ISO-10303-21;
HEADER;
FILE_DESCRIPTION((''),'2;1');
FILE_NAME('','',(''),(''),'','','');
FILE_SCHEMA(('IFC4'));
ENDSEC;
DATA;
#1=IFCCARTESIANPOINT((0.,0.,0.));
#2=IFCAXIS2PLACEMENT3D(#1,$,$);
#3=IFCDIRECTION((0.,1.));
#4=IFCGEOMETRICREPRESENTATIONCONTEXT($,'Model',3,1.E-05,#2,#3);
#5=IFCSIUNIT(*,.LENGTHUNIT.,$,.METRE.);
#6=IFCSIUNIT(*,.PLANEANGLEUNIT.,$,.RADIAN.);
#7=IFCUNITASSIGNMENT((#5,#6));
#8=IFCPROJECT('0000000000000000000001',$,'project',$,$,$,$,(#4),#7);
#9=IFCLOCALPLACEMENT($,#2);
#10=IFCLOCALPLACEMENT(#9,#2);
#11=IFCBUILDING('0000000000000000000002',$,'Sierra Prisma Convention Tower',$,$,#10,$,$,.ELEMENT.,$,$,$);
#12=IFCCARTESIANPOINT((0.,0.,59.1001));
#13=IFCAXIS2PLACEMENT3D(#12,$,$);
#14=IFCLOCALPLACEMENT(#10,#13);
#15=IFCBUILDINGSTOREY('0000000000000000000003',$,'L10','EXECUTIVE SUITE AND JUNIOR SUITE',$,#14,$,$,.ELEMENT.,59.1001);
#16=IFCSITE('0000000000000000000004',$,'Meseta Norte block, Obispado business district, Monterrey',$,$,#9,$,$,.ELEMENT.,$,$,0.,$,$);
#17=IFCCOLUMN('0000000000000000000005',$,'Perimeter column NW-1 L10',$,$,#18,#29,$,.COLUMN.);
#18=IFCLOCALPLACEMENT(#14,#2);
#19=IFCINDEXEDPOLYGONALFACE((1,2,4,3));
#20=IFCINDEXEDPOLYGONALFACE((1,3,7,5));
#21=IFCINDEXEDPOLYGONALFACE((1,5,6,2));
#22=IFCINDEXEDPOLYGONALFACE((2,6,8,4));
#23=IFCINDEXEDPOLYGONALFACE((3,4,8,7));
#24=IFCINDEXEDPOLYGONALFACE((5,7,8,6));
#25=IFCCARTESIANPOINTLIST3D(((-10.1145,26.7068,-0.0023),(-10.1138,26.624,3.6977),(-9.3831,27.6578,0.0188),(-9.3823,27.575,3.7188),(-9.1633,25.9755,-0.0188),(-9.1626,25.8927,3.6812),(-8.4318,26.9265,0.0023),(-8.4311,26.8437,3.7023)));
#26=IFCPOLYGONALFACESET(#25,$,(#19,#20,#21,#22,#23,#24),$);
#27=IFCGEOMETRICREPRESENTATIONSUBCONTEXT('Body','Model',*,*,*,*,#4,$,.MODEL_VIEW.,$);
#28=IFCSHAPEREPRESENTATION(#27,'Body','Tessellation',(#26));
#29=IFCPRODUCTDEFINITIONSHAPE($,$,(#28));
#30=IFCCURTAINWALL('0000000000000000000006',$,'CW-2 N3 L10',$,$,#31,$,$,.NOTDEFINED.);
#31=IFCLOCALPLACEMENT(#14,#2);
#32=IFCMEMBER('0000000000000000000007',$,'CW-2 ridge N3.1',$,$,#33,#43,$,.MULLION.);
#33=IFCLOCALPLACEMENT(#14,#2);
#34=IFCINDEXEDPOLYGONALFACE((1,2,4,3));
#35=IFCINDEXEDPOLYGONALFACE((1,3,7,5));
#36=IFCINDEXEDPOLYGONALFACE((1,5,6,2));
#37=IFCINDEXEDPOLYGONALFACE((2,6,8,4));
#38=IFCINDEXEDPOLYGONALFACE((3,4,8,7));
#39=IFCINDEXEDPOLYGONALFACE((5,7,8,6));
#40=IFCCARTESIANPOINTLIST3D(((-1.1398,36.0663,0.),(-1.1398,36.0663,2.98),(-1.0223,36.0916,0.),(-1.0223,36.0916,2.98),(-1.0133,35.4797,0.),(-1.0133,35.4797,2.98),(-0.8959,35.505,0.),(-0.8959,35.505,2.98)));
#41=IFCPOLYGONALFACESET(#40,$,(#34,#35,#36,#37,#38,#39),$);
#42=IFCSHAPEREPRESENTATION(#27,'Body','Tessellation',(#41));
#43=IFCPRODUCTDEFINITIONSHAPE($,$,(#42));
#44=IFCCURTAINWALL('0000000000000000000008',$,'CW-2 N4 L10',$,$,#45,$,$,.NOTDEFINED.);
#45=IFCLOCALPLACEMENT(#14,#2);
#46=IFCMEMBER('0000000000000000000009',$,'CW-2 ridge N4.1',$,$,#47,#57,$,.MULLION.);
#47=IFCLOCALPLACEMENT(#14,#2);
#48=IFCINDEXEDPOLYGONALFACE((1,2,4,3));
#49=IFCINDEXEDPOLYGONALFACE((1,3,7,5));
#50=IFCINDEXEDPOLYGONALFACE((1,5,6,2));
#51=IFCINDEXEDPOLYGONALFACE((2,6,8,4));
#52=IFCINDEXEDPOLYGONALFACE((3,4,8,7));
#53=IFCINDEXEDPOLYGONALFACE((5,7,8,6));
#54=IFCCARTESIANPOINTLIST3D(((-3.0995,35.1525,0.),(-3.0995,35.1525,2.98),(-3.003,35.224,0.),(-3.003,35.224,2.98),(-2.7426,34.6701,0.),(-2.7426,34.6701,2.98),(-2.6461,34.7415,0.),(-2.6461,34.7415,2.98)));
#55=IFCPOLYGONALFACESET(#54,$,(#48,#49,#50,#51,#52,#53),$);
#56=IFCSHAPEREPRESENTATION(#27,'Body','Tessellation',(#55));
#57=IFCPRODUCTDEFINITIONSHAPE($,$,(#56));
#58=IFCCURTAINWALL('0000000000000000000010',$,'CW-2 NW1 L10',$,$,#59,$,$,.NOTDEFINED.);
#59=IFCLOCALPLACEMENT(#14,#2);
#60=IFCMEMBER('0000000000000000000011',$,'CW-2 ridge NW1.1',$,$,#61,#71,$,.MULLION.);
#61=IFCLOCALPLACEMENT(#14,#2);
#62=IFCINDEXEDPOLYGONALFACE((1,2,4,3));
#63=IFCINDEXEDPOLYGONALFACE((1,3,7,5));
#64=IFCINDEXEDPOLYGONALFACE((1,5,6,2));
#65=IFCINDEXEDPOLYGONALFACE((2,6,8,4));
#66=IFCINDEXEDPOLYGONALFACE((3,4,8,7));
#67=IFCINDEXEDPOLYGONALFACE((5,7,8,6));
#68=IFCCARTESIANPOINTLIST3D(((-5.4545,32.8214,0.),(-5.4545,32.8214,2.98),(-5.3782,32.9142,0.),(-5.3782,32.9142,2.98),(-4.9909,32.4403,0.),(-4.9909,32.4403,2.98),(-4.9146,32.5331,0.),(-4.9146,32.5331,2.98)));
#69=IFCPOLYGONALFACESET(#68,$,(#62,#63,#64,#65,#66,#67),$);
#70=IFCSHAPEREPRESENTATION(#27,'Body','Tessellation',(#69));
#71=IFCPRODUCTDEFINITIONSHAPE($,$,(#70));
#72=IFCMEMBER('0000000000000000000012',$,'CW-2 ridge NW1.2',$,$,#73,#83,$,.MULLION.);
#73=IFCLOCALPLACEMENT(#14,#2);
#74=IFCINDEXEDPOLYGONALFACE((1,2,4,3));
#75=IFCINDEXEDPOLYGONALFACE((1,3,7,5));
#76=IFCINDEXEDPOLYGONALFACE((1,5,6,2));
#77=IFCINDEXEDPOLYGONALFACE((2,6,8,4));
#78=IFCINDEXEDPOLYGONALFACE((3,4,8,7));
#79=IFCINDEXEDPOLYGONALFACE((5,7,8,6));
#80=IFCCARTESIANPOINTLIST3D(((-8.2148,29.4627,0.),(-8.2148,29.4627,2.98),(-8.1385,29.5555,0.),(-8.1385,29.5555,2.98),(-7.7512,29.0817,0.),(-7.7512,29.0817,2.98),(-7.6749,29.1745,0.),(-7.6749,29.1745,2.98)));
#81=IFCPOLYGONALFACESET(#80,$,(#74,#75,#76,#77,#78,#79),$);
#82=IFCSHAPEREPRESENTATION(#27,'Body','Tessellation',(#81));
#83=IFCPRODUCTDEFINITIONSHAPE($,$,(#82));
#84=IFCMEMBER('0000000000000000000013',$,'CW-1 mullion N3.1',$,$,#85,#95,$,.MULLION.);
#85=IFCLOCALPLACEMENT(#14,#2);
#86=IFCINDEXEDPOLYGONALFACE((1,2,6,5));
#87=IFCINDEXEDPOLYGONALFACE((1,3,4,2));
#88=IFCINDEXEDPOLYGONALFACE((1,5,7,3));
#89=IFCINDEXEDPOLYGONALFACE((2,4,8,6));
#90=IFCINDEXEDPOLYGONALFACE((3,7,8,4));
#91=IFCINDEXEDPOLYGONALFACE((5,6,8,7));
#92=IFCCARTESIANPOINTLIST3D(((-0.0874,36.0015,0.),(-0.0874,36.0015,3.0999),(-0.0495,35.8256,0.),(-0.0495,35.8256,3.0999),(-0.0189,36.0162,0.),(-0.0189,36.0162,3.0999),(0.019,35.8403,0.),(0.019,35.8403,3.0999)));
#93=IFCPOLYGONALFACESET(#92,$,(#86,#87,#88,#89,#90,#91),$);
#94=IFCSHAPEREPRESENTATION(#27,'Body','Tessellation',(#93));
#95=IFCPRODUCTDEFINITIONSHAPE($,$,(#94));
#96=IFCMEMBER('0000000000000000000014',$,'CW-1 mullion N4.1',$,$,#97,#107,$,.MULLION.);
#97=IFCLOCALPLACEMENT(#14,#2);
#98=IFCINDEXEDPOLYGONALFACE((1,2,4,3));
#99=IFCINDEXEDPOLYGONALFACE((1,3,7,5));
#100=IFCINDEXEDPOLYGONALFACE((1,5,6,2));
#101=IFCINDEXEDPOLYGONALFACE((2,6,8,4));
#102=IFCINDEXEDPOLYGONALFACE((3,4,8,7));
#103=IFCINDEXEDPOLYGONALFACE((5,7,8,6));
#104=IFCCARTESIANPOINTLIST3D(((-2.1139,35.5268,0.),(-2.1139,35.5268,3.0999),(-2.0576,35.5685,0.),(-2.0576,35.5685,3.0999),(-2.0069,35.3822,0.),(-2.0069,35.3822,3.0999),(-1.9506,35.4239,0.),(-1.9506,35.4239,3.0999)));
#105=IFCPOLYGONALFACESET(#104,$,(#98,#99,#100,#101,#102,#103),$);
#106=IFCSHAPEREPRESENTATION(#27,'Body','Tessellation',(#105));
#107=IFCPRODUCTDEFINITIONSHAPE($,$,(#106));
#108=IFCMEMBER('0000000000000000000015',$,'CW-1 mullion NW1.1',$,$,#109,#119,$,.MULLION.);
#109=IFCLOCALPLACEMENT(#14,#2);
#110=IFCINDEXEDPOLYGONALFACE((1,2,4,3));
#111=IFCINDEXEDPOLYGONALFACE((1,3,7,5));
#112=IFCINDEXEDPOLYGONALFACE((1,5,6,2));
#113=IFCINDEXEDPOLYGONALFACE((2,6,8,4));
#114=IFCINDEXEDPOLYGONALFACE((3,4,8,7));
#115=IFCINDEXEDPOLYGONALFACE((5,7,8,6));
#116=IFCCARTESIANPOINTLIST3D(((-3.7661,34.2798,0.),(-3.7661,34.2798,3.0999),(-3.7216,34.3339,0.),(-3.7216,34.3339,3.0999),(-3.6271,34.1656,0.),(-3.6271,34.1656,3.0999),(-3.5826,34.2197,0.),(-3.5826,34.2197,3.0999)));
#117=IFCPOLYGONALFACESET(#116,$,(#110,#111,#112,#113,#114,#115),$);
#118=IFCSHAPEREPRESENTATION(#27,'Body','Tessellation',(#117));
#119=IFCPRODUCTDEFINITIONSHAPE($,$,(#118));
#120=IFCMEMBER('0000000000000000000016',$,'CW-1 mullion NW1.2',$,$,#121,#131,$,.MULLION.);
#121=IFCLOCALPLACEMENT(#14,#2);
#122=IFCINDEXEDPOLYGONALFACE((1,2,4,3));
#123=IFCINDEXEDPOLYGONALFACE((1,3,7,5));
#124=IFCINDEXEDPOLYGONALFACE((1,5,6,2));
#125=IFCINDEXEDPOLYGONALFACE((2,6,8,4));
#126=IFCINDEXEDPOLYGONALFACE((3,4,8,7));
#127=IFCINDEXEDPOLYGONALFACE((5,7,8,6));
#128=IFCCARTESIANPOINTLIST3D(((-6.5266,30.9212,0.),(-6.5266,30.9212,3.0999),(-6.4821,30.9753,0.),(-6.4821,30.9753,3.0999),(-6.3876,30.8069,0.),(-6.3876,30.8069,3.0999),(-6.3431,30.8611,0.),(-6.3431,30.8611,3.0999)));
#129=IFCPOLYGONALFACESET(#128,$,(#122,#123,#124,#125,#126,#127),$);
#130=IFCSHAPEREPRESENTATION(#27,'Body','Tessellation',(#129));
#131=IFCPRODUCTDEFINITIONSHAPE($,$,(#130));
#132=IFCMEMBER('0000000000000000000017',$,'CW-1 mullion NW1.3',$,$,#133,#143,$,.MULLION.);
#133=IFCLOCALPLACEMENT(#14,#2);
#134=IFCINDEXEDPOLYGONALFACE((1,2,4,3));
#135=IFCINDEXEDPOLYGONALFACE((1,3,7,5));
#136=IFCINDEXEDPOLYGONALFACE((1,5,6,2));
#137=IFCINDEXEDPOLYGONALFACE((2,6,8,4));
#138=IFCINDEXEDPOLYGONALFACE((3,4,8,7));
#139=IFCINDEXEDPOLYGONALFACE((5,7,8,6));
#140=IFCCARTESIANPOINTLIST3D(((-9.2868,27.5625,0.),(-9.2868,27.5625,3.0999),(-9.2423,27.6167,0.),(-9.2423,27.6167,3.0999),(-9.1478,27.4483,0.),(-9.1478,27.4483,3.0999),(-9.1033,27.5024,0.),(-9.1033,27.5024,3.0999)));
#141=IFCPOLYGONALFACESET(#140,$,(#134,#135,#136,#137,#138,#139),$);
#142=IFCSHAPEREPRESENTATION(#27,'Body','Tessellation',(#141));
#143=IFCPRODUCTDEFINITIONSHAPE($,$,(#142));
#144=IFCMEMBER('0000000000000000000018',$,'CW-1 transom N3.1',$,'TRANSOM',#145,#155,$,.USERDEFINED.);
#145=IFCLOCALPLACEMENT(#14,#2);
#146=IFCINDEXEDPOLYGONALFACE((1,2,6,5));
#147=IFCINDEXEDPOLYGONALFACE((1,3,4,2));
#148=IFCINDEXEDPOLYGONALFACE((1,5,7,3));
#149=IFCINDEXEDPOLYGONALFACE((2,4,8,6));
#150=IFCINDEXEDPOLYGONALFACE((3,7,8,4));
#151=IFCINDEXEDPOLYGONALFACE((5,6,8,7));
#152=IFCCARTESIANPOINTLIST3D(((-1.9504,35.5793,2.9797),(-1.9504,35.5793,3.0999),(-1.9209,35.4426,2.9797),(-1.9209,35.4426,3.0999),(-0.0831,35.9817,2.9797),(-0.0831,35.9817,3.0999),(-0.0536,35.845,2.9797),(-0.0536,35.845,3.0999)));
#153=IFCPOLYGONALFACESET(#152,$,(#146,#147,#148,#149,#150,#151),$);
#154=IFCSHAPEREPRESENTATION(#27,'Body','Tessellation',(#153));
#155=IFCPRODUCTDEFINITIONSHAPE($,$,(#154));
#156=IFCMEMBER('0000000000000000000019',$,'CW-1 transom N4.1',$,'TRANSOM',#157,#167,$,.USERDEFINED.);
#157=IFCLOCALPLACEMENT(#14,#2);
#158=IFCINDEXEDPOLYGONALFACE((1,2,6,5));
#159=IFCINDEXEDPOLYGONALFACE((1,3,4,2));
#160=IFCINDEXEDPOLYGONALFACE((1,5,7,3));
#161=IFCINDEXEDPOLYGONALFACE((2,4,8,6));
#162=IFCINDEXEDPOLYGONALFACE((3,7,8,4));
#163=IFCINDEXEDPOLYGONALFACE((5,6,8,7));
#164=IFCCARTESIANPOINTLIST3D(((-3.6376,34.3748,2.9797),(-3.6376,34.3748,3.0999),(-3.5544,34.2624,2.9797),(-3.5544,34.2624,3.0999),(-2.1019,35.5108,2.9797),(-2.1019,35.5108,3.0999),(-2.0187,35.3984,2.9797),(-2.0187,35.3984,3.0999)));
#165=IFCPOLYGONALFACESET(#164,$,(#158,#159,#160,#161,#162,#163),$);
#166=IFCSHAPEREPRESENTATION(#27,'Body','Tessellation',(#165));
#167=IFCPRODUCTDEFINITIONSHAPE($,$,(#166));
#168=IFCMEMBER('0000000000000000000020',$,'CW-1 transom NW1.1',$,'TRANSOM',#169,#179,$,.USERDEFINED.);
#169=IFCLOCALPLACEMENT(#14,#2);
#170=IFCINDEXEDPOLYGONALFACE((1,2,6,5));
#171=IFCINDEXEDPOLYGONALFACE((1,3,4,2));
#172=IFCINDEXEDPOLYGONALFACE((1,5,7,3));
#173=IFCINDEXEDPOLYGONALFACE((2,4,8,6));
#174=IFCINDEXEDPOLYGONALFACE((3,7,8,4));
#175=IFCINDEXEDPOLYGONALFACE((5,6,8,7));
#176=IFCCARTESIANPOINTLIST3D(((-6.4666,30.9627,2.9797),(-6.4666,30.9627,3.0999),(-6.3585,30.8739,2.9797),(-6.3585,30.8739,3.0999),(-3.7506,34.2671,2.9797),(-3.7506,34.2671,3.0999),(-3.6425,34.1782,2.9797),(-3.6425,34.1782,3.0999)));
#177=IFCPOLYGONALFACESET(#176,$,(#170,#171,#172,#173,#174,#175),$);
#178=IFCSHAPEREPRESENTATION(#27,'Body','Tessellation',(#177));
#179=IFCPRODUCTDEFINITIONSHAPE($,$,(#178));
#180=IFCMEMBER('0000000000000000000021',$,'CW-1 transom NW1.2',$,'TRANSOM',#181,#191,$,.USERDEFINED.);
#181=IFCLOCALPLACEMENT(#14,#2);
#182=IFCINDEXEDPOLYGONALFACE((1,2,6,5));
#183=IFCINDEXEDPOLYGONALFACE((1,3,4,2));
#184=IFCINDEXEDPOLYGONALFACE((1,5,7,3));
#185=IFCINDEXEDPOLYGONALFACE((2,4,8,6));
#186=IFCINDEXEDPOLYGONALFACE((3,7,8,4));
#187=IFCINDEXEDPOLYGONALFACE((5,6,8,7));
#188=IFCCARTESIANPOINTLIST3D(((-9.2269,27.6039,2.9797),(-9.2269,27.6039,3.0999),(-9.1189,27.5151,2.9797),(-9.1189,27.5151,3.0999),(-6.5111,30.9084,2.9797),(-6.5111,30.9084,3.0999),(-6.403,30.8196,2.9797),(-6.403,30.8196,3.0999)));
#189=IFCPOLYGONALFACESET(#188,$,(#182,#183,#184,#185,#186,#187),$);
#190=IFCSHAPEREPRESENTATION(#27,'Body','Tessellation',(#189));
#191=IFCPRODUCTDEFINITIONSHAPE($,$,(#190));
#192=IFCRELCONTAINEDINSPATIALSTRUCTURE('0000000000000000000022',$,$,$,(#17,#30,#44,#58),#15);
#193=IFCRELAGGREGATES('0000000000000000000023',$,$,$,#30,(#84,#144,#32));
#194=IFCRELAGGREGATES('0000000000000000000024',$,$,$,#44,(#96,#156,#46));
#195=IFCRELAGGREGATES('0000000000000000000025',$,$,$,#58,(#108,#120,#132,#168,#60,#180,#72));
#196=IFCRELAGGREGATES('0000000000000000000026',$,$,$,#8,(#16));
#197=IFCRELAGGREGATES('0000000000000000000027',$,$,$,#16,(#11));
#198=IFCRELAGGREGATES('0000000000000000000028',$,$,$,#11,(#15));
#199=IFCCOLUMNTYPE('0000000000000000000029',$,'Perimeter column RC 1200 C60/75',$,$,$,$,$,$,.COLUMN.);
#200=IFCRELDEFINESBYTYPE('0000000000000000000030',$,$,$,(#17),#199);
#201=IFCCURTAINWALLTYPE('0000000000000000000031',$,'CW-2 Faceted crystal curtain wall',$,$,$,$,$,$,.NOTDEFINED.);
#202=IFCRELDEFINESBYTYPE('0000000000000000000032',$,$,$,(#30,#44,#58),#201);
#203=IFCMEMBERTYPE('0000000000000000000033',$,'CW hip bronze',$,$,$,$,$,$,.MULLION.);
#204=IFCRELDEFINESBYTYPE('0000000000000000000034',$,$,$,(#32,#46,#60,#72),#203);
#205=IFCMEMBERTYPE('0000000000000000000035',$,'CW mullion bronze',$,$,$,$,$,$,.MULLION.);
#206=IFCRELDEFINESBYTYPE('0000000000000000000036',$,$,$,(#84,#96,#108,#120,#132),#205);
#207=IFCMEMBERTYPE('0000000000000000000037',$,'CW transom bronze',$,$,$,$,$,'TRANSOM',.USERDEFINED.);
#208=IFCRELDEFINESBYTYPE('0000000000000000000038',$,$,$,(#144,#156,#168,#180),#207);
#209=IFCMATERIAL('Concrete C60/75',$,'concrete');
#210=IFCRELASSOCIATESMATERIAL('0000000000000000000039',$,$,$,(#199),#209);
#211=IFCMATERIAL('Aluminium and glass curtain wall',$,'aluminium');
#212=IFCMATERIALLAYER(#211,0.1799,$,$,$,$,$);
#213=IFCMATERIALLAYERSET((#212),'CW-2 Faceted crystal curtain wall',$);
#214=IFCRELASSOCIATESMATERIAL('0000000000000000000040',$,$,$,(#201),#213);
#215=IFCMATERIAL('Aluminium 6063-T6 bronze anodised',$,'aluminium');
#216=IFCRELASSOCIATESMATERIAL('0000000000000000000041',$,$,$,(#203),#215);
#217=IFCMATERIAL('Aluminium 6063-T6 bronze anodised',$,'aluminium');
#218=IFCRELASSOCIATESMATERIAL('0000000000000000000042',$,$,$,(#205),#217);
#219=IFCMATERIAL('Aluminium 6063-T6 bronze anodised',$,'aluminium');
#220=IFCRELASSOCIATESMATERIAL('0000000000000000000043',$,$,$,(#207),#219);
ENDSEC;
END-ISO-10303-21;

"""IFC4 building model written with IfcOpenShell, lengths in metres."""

from ifc_helpers import new_model, si_unit, direction, frame, origin, origin_2d, place, context, subcontext, project, spatial, rectangle, extrude, material, layer, layer_set, material_profile, profile_set, type_object, element, aggregate, save


model = new_model("IFC4")

# Units and contexts
model_context = context("Model", 3, precision=1e-05, world=origin(), true_north=direction((0.0, 1.0)))
body_context = subcontext(model_context, "Body", "Model", "MODEL_VIEW")
ifc_project = project(units=[si_unit("LENGTHUNIT", "METRE"), si_unit("PLANEANGLEUNIT", "RADIAN")], contexts=[model_context])

# Site, building, storey
site_placement = place(None, origin())
site = spatial("IfcSite", under=ifc_project, at=site_placement, Name="Meseta Norte block, Obispado business district, Monterrey", CompositionType="ELEMENT", RefElevation=0.0)
building_placement = place(site_placement, origin())
building = spatial("IfcBuilding", under=site, at=building_placement, Name="Sierra Prisma Convention Tower", CompositionType="ELEMENT")
storey_placement = place(building_placement, frame((0.0, 0.0, 59.1001)))
storey = spatial("IfcBuildingStorey", under=building, at=storey_placement, Name="L10", Description="EXECUTIVE SUITE AND JUNIOR SUITE", CompositionType="ELEMENT", Elevation=59.1001)

# Column
ifc_material_1 = material(Name="Concrete C60/75", Category="concrete")
ifc_material_profile_1 = material_profile(ifc_material_1, rectangle(XDim=1.2, YDim=1.2, at=origin_2d()), Name="Perimeter column RC 1200 C60/75")
ifc_profile_set_1 = profile_set([ifc_material_profile_1], Name="Concrete C60/75")
column_type = type_object("IfcColumnType", Name="Perimeter column RC 1200 C60/75", PredefinedType="COLUMN", material=ifc_profile_set_1)
column_placement = place(storey_placement, frame((-9.2732, 26.8167, 0.0), z_axis=(0.000198, -0.022363, 0.99975), x_axis=(0.60959, 0.792521, 0.017607)))
element("IfcColumn", 1, at=column_placement, inside=storey, type_object=column_type, Name="Perimeter column NW-1 L10", PredefinedType="COLUMN", context=body_context, shape_type="SweptSolid", body=[
    extrude(rectangle(XDim=1.2, YDim=1.2, at=origin_2d()), origin(), (0.0, 0.0, 1.0), 3.7009),
])

# Curtain walls, members
ifc_material_2 = material(Name="Aluminium and glass curtain wall", Category="aluminium")
ifc_layer_1 = layer(ifc_material_2, 0.1799)
ifc_layer_set_1 = layer_set([ifc_layer_1], Name="CW-2 Faceted crystal curtain wall")
curtain_wall_type = type_object("IfcCurtainWallType", Name="CW-2 Faceted crystal curtain wall", PredefinedType="NOTDEFINED", material=ifc_layer_set_1)
curtain_wall_1_placement = place(storey_placement, origin())
curtain_wall_1 = element("IfcCurtainWall", 2, at=curtain_wall_1_placement, inside=storey, type_object=curtain_wall_type, Name="CW-2 N3 L10", PredefinedType="NOTDEFINED")
ifc_material_3 = material(Name="Aluminium 6063-T6 bronze anodised", Category="aluminium")
ifc_material_profile_2 = material_profile(ifc_material_3, rectangle(XDim=0.1201, YDim=0.6001, at=origin_2d()), Name="ALU RIDGE BLADE 120x600")
ifc_profile_set_2 = profile_set([ifc_material_profile_2], Name="Aluminium 6063-T6 bronze anodised")
member_type_1 = type_object("IfcMemberType", Name="CW hip bronze", PredefinedType="MULLION", material=ifc_profile_set_2)
member_1_placement = place(storey_placement, frame((-1.0178, 35.7856, 0.0), z_axis=(0.0, 0.0, 1.0), x_axis=(-0.977545, -0.210729, 0.0)))
member_1 = element("IfcMember", 3, at=member_1_placement, type_object=member_type_1, Name="CW-2 ridge N3.1", PredefinedType="MULLION", context=body_context, shape_type="SweptSolid", body=[
    extrude(rectangle(XDim=0.1201, YDim=0.6001, at=origin_2d()), origin(), (0.0, 0.0, 1.0), 2.98),
])
curtain_wall_2_placement = place(storey_placement, origin())
curtain_wall_2 = element("IfcCurtainWall", 4, at=curtain_wall_2_placement, inside=storey, type_object=curtain_wall_type, Name="CW-2 N4 L10", PredefinedType="NOTDEFINED")
member_2_placement = place(storey_placement, frame((-2.8728, 34.947, 0.0), z_axis=(0.0, 0.0, 1.0), x_axis=(-0.803907, -0.594755, 0.0)))
member_2 = element("IfcMember", 5, at=member_2_placement, type_object=member_type_1, Name="CW-2 ridge N4.1", PredefinedType="MULLION", context=body_context, shape_type="SweptSolid", body=[
    extrude(rectangle(XDim=0.1201, YDim=0.6001, at=origin_2d()), origin(), (0.0, 0.0, 1.0), 2.98),
])

# Curtain wall, members
curtain_wall_3_placement = place(storey_placement, origin())
curtain_wall_3 = element("IfcCurtainWall", 6, at=curtain_wall_3_placement, inside=storey, type_object=curtain_wall_type, Name="CW-2 NW1 L10", PredefinedType="NOTDEFINED")
member_3_placement = place(storey_placement, frame((-5.1846, 32.6772, 0.0), z_axis=(0.0, 0.0, 1.0), x_axis=(-0.634938, -0.772563, 0.0)))
member_3 = element("IfcMember", 7, at=member_3_placement, type_object=member_type_1, Name="CW-2 ridge NW1.1", PredefinedType="MULLION", context=body_context, shape_type="SweptSolid", body=[
    extrude(rectangle(XDim=0.1201, YDim=0.6001, at=origin_2d()), origin(), (0.0, 0.0, 1.0), 2.98),
])
member_4_placement = place(storey_placement, frame((-7.9448, 29.3186, 0.0), z_axis=(0.0, 0.0, 1.0), x_axis=(-0.634938, -0.772563, 0.0)))
member_4 = element("IfcMember", 8, at=member_4_placement, type_object=member_type_1, Name="CW-2 ridge NW1.2", PredefinedType="MULLION", context=body_context, shape_type="SweptSolid", body=[
    extrude(rectangle(XDim=0.1201, YDim=0.6001, at=origin_2d()), origin(), (0.0, 0.0, 1.0), 2.98),
])

# Members
ifc_material_4 = material(Name="Aluminium 6063-T6 bronze anodised", Category="aluminium")
ifc_material_profile_3 = material_profile(ifc_material_4, rectangle(XDim=0.1799, YDim=0.0701, at=origin_2d()), Name="ALU MULLION 70x180")
ifc_profile_set_3 = profile_set([ifc_material_profile_3], Name="Aluminium 6063-T6 bronze anodised")
member_type_2 = type_object("IfcMemberType", Name="CW mullion bronze", PredefinedType="MULLION", material=ifc_profile_set_3)
member_5_placement = place(storey_placement, frame((-0.0342, 35.9209, 0.0), z_axis=(0.0, 0.0, 1.0), x_axis=(0.210729, -0.977545, 0.0)))
member_5 = element("IfcMember", 9, at=member_5_placement, type_object=member_type_2, Name="CW-1 mullion N3.1", PredefinedType="MULLION", context=body_context, shape_type="SweptSolid", body=[
    extrude(rectangle(XDim=0.1799, YDim=0.0701, at=origin_2d()), origin(), (0.0, 0.0, 1.0), 3.0999),
])
member_6_placement = place(storey_placement, frame((-2.0322, 35.4753, 0.0), z_axis=(0.0, 0.0, 1.0), x_axis=(0.594755, -0.803907, 0.0)))
member_6 = element("IfcMember", 10, at=member_6_placement, type_object=member_type_2, Name="CW-1 mullion N4.1", PredefinedType="MULLION", context=body_context, shape_type="SweptSolid", body=[
    extrude(rectangle(XDim=0.1799, YDim=0.0701, at=origin_2d()), origin(), (0.0, 0.0, 1.0), 3.0999),
])
member_7_placement = place(storey_placement, frame((-3.6743, 34.2498, 0.0), z_axis=(0.0, 0.0, 1.0), x_axis=(0.772563, -0.634938, 0.0)))
member_7 = element("IfcMember", 11, at=member_7_placement, type_object=member_type_2, Name="CW-1 mullion NW1.1", PredefinedType="MULLION", context=body_context, shape_type="SweptSolid", body=[
    extrude(rectangle(XDim=0.1799, YDim=0.0701, at=origin_2d()), origin(), (0.0, 0.0, 1.0), 3.0999),
])
member_8_placement = place(storey_placement, frame((-6.4348, 30.8911, 0.0), z_axis=(0.0, 0.0, 1.0), x_axis=(0.772563, -0.634938, 0.0)))
member_8 = element("IfcMember", 12, at=member_8_placement, type_object=member_type_2, Name="CW-1 mullion NW1.2", PredefinedType="MULLION", context=body_context, shape_type="SweptSolid", body=[
    extrude(rectangle(XDim=0.1799, YDim=0.0701, at=origin_2d()), origin(), (0.0, 0.0, 1.0), 3.0999),
])
member_9_placement = place(storey_placement, frame((-9.1951, 27.5325, 0.0), z_axis=(0.0, 0.0, 1.0), x_axis=(0.772563, -0.634938, 0.0)))
member_9 = element("IfcMember", 13, at=member_9_placement, type_object=member_type_2, Name="CW-1 mullion NW1.3", PredefinedType="MULLION", context=body_context, shape_type="SweptSolid", body=[
    extrude(rectangle(XDim=0.1799, YDim=0.0701, at=origin_2d()), origin(), (0.0, 0.0, 1.0), 3.0999),
])
ifc_material_5 = material(Name="Aluminium 6063-T6 bronze anodised", Category="aluminium")
ifc_material_profile_4 = material_profile(ifc_material_5, rectangle(XDim=0.1399, YDim=0.1201, at=origin_2d()), Name="ALU TRANSOM 120x140")
ifc_profile_set_4 = profile_set([ifc_material_profile_4], Name="Aluminium 6063-T6 bronze anodised")
member_type_3 = type_object("IfcMemberType", Name="CW transom bronze", ElementType="TRANSOM", PredefinedType="USERDEFINED", material=ifc_profile_set_4)
member_10_placement = place(storey_placement, frame((-0.0684, 35.9133, 3.0398), z_axis=(-0.977562, -0.210646, 0.0), x_axis=(0.210646, -0.977562, 0.0)))
member_10 = element("IfcMember", 14, at=member_10_placement, type_object=member_type_3, Name="CW-1 transom N3.1", ObjectType="TRANSOM", PredefinedType="USERDEFINED", context=body_context, shape_type="SweptSolid", body=[
    extrude(rectangle(XDim=0.1399, YDim=0.1201, at=origin_2d()), origin(), (0.0, 0.0, 1.0), 1.9102),
])
member_11_placement = place(storey_placement, frame((-2.0603, 35.4546, 3.0398), z_axis=(-0.80394, -0.594711, 0.0), x_axis=(0.594711, -0.80394, 0.0)))
member_11 = element("IfcMember", 15, at=member_11_placement, type_object=member_type_3, Name="CW-1 transom N4.1", ObjectType="TRANSOM", PredefinedType="USERDEFINED", context=body_context, shape_type="SweptSolid", body=[
    extrude(rectangle(XDim=0.1399, YDim=0.1201, at=origin_2d()), origin(), (0.0, 0.0, 1.0), 1.9102),
])
member_12_placement = place(storey_placement, frame((-3.6965, 34.2227, 3.0398), z_axis=(-0.634977, -0.772531, 0.0), x_axis=(0.772531, -0.634977, 0.0)))
member_12 = element("IfcMember", 16, at=member_12_placement, type_object=member_type_3, Name="CW-1 transom NW1.1", ObjectType="TRANSOM", PredefinedType="USERDEFINED", context=body_context, shape_type="SweptSolid", body=[
    extrude(rectangle(XDim=0.1399, YDim=0.1201, at=origin_2d()), origin(), (0.0, 0.0, 1.0), 4.2773),
])
member_13_placement = place(storey_placement, frame((-6.457, 30.864, 3.0398), z_axis=(-0.634943, -0.772559, 0.0), x_axis=(0.772559, -0.634943, 0.0)))
member_13 = element("IfcMember", 17, at=member_13_placement, type_object=member_type_3, Name="CW-1 transom NW1.2", ObjectType="TRANSOM", PredefinedType="USERDEFINED", context=body_context, shape_type="SweptSolid", body=[
    extrude(rectangle(XDim=0.1399, YDim=0.1201, at=origin_2d()), origin(), (0.0, 0.0, 1.0), 4.2773),
])

aggregate(curtain_wall_1, [member_5, member_10, member_1])
aggregate(curtain_wall_2, [member_6, member_11, member_2])
aggregate(curtain_wall_3, [member_7, member_8, member_9, member_12, member_3, member_13, member_4])

save(model, "model.ifc")
